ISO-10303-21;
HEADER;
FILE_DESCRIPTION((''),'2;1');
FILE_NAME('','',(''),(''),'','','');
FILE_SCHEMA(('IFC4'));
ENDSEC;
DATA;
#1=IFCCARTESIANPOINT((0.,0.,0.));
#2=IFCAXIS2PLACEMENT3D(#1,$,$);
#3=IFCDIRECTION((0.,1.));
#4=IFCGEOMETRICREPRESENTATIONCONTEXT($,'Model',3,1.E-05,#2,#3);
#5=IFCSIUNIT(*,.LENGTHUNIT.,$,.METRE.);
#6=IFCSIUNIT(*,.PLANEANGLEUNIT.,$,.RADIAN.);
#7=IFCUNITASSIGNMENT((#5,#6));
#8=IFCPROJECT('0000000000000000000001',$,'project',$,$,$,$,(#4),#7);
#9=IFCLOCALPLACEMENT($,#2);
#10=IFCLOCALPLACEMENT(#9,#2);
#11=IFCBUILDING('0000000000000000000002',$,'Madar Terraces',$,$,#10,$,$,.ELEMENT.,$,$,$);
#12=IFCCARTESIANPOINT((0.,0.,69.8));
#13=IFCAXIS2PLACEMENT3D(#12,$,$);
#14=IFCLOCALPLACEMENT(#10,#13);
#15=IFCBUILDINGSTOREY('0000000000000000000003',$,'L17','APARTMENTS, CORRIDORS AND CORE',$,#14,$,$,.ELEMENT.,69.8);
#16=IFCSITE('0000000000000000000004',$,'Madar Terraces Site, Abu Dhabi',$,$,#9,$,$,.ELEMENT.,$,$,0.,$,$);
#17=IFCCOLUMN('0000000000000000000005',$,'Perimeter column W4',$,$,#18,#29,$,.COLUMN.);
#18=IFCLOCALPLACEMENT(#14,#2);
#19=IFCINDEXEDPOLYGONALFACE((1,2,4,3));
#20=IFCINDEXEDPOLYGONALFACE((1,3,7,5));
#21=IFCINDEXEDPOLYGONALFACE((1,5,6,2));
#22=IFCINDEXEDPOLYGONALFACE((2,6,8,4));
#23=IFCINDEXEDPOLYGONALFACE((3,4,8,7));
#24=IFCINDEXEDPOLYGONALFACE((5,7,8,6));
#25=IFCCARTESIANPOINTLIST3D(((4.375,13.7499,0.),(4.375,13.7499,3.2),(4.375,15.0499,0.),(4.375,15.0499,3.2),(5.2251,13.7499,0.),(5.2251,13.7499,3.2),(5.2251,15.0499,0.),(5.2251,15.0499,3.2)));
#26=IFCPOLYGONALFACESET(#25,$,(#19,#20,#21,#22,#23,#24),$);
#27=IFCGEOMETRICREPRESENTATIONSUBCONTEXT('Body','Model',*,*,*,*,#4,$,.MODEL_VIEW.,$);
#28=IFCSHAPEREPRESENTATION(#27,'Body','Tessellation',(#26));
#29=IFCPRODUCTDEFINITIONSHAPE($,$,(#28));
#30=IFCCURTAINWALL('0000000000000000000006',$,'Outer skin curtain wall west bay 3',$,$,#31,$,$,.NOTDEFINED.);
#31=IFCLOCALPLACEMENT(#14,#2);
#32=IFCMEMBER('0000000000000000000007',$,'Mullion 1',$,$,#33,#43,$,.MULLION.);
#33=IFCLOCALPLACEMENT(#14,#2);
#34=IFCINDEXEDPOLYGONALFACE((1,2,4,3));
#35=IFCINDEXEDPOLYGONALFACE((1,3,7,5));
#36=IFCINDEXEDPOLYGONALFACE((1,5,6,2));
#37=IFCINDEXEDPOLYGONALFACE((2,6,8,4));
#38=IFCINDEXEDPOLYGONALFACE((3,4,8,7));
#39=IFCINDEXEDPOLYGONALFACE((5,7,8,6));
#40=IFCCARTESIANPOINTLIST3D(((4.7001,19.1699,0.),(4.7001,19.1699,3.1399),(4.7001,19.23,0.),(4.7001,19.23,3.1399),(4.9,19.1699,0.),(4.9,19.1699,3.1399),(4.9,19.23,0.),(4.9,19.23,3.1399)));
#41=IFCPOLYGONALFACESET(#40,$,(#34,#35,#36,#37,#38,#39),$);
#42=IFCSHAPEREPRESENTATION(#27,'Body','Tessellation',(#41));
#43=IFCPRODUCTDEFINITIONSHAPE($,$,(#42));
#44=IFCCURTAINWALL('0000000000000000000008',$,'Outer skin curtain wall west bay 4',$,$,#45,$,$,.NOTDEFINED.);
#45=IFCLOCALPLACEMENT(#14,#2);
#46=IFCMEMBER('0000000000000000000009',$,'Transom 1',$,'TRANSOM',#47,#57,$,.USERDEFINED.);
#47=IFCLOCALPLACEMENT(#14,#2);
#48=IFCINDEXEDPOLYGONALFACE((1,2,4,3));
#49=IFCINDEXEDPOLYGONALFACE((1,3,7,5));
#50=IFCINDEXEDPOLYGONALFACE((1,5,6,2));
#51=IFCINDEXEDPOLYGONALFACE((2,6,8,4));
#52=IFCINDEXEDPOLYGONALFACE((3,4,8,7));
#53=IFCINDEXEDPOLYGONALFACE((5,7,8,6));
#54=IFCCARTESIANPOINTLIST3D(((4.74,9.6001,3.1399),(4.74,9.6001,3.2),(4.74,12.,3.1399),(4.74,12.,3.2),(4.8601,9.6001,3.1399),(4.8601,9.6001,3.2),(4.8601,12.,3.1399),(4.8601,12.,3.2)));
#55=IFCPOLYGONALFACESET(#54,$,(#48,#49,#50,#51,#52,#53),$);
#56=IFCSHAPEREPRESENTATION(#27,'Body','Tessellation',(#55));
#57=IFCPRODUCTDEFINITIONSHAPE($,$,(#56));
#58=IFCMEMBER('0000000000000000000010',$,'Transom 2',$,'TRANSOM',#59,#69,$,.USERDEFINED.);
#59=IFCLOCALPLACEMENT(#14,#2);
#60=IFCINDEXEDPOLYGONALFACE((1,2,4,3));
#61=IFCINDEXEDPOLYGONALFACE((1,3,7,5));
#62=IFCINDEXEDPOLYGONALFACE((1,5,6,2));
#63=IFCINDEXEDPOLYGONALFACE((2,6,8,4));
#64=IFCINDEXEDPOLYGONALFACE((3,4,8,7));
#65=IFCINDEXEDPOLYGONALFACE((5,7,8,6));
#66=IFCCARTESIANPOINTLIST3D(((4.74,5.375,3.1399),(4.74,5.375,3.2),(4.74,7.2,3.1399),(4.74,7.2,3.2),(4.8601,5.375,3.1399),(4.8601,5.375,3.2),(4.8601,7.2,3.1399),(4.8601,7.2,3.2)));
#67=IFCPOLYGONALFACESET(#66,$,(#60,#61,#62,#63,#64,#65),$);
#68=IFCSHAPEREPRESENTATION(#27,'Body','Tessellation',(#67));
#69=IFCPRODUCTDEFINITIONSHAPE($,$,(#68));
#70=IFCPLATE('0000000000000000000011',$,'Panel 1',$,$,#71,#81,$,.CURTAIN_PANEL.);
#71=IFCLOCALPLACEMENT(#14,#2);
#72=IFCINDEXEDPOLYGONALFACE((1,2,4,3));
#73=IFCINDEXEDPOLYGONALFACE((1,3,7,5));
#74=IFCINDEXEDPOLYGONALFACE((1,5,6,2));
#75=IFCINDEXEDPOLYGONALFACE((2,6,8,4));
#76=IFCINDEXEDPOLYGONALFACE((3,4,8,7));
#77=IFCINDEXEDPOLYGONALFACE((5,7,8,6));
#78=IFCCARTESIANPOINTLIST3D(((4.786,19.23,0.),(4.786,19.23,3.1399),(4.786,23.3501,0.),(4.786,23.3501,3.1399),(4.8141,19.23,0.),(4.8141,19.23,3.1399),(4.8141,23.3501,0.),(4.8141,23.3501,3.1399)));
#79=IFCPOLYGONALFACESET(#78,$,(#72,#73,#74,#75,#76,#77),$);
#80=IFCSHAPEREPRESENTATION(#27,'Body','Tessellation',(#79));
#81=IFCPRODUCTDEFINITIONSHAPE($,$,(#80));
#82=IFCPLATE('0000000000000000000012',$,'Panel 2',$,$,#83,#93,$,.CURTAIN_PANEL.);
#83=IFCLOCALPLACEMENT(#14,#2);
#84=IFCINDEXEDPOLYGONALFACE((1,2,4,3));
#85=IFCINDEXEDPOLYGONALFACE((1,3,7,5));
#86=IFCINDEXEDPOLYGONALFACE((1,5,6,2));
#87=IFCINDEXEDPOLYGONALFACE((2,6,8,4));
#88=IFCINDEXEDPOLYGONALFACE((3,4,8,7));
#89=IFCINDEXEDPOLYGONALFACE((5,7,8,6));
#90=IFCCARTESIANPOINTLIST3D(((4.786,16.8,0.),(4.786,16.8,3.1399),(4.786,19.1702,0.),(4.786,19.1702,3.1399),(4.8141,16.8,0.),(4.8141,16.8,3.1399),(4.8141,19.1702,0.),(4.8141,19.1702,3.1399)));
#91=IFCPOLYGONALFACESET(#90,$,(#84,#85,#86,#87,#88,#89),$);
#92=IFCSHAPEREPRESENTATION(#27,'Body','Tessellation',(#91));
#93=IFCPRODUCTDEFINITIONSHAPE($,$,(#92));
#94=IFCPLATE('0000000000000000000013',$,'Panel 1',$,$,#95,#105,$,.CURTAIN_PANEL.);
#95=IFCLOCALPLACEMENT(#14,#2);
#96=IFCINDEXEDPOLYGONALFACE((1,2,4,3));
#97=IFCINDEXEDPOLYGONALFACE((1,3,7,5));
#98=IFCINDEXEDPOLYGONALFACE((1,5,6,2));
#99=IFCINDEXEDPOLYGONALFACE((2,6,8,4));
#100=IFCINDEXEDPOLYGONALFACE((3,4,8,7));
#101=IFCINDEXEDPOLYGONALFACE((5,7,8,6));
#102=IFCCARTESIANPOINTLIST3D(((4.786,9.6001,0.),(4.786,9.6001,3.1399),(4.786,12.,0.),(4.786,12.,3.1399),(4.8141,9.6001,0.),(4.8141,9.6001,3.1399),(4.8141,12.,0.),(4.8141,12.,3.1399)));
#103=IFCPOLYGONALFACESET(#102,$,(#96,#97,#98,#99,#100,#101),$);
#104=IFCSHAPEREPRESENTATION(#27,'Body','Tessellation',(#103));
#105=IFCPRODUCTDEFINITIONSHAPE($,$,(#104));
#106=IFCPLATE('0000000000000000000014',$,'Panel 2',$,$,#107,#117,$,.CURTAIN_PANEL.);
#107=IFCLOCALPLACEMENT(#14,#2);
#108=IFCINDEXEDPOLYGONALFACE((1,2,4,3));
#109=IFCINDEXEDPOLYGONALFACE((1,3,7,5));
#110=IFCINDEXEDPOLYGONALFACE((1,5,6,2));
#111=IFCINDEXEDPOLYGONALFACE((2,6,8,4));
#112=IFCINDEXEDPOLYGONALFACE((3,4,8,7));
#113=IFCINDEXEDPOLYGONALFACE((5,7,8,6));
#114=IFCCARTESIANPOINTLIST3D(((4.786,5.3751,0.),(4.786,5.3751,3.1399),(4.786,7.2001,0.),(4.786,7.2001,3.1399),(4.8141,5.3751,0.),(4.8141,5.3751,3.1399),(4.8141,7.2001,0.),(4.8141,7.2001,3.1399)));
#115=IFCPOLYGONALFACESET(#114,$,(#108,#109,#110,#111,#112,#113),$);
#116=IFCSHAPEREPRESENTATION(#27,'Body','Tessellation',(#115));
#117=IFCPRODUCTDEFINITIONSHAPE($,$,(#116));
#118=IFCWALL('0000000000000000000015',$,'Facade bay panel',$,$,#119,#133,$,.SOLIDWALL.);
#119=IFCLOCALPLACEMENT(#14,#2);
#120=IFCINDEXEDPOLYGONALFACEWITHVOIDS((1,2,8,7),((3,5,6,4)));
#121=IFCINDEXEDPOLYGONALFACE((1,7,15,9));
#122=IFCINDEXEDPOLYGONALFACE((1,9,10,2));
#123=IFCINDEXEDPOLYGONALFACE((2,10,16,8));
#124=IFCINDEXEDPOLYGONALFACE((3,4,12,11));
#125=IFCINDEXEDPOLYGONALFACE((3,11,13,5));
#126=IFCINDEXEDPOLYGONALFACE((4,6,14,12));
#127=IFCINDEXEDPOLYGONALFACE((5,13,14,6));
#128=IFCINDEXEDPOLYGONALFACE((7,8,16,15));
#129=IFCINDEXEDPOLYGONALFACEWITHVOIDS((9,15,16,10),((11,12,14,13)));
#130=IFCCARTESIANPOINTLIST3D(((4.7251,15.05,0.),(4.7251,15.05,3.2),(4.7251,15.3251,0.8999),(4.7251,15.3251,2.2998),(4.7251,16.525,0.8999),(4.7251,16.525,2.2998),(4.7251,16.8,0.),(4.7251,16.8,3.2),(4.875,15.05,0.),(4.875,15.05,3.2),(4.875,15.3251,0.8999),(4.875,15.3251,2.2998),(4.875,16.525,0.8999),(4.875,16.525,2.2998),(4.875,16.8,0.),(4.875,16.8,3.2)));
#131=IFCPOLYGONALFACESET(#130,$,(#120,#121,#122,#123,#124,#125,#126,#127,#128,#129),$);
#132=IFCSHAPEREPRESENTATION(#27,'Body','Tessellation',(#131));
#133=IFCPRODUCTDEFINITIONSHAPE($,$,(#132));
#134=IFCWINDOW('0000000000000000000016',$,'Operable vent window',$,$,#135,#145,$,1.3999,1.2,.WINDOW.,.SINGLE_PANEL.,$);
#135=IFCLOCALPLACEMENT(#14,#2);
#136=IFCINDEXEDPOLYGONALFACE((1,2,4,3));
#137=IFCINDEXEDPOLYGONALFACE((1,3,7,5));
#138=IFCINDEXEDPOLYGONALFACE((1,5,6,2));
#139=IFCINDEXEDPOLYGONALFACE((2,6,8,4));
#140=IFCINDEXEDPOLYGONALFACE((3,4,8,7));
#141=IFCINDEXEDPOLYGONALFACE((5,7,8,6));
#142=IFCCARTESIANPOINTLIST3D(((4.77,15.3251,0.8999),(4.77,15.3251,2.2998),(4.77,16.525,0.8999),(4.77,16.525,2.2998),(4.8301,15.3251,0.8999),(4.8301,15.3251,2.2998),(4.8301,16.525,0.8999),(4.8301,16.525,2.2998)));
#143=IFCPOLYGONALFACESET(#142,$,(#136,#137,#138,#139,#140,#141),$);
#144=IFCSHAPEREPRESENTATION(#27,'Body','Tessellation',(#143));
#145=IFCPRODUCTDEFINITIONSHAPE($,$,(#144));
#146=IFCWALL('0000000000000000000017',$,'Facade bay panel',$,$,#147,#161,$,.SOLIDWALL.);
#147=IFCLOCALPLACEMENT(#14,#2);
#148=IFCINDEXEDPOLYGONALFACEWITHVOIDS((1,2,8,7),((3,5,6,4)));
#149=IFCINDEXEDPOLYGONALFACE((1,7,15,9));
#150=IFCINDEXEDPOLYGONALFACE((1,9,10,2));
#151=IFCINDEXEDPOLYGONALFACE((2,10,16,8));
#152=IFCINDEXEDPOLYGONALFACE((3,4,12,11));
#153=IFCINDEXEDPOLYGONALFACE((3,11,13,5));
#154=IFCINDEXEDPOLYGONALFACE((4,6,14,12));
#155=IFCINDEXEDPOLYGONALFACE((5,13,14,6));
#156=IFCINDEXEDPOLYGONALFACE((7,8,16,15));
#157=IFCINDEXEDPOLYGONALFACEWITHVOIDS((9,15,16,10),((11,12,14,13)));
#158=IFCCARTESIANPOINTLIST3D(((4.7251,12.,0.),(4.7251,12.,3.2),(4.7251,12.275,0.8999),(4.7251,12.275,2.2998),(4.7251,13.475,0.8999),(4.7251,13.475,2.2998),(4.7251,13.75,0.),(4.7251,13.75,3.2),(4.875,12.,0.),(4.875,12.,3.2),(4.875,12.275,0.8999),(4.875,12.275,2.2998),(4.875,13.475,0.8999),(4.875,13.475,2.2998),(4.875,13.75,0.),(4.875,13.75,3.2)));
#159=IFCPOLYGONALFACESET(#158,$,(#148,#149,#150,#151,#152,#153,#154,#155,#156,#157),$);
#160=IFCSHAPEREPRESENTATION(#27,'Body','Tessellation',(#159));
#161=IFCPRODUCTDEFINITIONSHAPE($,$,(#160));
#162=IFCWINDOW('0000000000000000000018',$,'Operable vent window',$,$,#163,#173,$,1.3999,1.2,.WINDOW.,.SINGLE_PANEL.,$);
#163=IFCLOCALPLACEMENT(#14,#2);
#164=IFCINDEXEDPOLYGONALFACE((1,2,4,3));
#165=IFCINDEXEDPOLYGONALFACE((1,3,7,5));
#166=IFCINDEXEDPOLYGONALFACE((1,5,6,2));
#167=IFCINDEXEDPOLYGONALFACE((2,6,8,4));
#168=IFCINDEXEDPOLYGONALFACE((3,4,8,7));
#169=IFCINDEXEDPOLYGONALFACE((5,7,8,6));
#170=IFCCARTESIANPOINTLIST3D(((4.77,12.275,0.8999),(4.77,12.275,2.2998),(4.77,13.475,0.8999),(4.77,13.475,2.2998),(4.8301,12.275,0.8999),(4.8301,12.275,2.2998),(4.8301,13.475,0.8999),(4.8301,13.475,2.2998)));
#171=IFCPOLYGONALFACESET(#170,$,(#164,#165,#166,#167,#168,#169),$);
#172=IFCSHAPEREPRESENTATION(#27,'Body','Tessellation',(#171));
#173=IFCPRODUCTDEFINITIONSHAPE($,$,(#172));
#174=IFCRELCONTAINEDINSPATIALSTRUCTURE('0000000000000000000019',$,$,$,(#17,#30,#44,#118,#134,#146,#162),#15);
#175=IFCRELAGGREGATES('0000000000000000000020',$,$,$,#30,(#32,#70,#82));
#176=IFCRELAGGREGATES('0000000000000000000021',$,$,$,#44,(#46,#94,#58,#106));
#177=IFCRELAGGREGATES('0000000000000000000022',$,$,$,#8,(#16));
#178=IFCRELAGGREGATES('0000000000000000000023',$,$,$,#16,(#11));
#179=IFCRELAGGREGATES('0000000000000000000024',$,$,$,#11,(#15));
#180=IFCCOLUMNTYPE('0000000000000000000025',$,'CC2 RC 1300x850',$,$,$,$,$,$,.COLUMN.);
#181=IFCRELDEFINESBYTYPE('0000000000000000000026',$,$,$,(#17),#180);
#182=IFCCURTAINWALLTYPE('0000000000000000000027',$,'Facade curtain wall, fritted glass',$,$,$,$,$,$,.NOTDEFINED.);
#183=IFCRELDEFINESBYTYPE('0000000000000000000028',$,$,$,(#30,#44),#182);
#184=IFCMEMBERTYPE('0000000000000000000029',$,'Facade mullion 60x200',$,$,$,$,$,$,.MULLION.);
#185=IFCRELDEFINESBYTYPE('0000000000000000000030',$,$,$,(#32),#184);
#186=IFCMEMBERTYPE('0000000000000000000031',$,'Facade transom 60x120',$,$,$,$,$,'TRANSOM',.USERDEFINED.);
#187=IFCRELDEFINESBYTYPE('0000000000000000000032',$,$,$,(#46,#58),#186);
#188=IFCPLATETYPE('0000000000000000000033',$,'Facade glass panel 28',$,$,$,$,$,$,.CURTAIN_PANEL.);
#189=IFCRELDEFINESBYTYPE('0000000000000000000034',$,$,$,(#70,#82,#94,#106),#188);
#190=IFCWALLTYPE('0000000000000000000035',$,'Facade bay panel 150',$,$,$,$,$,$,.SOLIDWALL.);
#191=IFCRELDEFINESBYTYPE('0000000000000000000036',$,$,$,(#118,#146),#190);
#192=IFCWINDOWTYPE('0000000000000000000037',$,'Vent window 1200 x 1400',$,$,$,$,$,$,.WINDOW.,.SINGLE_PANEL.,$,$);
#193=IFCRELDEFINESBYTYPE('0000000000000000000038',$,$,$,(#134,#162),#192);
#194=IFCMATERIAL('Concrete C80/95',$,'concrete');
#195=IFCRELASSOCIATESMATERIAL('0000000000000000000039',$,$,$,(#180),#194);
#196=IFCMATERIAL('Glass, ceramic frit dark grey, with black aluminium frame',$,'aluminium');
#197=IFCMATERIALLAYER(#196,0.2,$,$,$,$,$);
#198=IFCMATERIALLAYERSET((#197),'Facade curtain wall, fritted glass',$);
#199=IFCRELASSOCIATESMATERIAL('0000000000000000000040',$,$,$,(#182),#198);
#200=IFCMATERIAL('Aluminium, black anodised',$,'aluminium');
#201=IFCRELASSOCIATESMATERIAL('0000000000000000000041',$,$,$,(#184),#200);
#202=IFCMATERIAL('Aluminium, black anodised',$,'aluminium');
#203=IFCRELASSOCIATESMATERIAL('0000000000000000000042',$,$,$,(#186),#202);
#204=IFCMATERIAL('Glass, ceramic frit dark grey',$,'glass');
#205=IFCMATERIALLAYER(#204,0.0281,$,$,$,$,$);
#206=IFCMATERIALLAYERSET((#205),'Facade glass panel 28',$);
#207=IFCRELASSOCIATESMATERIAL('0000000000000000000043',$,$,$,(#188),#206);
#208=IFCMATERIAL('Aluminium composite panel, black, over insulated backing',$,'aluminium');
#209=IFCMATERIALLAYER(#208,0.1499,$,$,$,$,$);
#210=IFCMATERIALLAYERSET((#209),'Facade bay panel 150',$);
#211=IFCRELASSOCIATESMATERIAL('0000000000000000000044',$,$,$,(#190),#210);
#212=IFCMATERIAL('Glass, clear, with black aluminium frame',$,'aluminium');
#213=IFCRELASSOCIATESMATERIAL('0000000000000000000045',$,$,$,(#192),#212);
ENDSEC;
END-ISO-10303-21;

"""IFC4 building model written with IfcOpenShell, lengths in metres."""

from ifc_helpers import new_model, si_unit, direction, frame, frame_2d, origin, origin_2d, place, context, subcontext, project, spatial, rectangle, extrude, material, layer, layer_set, material_profile, profile_set, type_object, element, fill, aggregate, save


model = new_model("IFC4")

# Units and contexts
model_context = context("Model", 3, precision=1e-05, world=origin(), true_north=direction((0.0, 1.0)))
body_context = subcontext(model_context, "Body", "Model", "MODEL_VIEW")
ifc_project = project(units=[si_unit("LENGTHUNIT", "METRE"), si_unit("PLANEANGLEUNIT", "RADIAN")], contexts=[model_context])

# Site, building, storey
site_placement = place(None, origin())
site = spatial("IfcSite", under=ifc_project, at=site_placement, Name="Madar Terraces Site, Abu Dhabi", CompositionType="ELEMENT", RefElevation=0.0)
building_placement = place(site_placement, origin())
building = spatial("IfcBuilding", under=site, at=building_placement, Name="Madar Terraces", CompositionType="ELEMENT")
storey_placement = place(building_placement, frame((0.0, 0.0, 69.8)))
storey = spatial("IfcBuildingStorey", under=building, at=storey_placement, Name="L17", Description="APARTMENTS, CORRIDORS AND CORE", CompositionType="ELEMENT", Elevation=69.8)

# Column
ifc_material_1 = material(Name="Concrete C80/95", Category="concrete")
ifc_material_profile_1 = material_profile(ifc_material_1, rectangle(XDim=1.3, YDim=0.8501, at=origin_2d()), Name="CC2 RC 1300x850")
ifc_profile_set_1 = profile_set([ifc_material_profile_1], Name="Concrete C80/95")
column_type = type_object("IfcColumnType", Name="CC2 RC 1300x850", PredefinedType="COLUMN", material=ifc_profile_set_1)
column_placement = place(storey_placement, frame((4.8, 14.3999, 0.0), z_axis=(0.0, 0.0, 1.0), x_axis=(0.0, 1.0, 0.0)))
element("IfcColumn", 1, at=column_placement, inside=storey, type_object=column_type, Name="Perimeter column W4", PredefinedType="COLUMN", context=body_context, shape_type="SweptSolid", body=[
    extrude(rectangle(XDim=1.3, YDim=0.8501, at=origin_2d()), origin(), (0.0, 0.0, 1.0), 3.2),
])

# Curtain wall, member
ifc_material_2 = material(Name="Glass, ceramic frit dark grey, with black aluminium frame", Category="aluminium")
ifc_layer_1 = layer(ifc_material_2, 0.2)
ifc_layer_set_1 = layer_set([ifc_layer_1], Name="Facade curtain wall, fritted glass")
curtain_wall_type = type_object("IfcCurtainWallType", Name="Facade curtain wall, fritted glass", PredefinedType="NOTDEFINED", material=ifc_layer_set_1)
curtain_wall_1_placement = place(storey_placement, origin())
curtain_wall_1 = element("IfcCurtainWall", 2, at=curtain_wall_1_placement, inside=storey, type_object=curtain_wall_type, Name="Outer skin curtain wall west bay 3", PredefinedType="NOTDEFINED")
ifc_material_3 = material(Name="Aluminium, black anodised", Category="aluminium")
ifc_material_profile_2 = material_profile(ifc_material_3, rectangle(XDim=0.2, YDim=0.0601, at=origin_2d()), Name="Facade mullion 60x200")
ifc_profile_set_2 = profile_set([ifc_material_profile_2], Name="Aluminium, black anodised")
member_type_1 = type_object("IfcMemberType", Name="Facade mullion 60x200", PredefinedType="MULLION", material=ifc_profile_set_2)
member_1_placement = place(storey_placement, frame((4.8, 19.2, 0.0), z_axis=(0.0, 0.0, 1.0), x_axis=(1.0, 0.0, 0.0)))
member_1 = element("IfcMember", 3, at=member_1_placement, type_object=member_type_1, Name="Mullion 1", PredefinedType="MULLION", context=body_context, shape_type="SweptSolid", body=[
    extrude(rectangle(XDim=0.2, YDim=0.0601, at=origin_2d()), origin(), (0.0, 0.0, 1.0), 3.1399),
])

# Curtain wall, members
curtain_wall_2_placement = place(storey_placement, origin())
curtain_wall_2 = element("IfcCurtainWall", 4, at=curtain_wall_2_placement, inside=storey, type_object=curtain_wall_type, Name="Outer skin curtain wall west bay 4", PredefinedType="NOTDEFINED")
ifc_material_4 = material(Name="Aluminium, black anodised", Category="aluminium")
ifc_material_profile_3 = material_profile(ifc_material_4, rectangle(XDim=0.1201, YDim=0.0601, at=origin_2d()), Name="Facade transom 60x120")
ifc_profile_set_3 = profile_set([ifc_material_profile_3], Name="Aluminium, black anodised")
member_type_2 = type_object("IfcMemberType", Name="Facade transom 60x120", ElementType="TRANSOM", PredefinedType="USERDEFINED", material=ifc_profile_set_3)
member_2_placement = place(storey_placement, frame((4.8, 12.0, 3.1699), z_axis=(0.0, -1.0, 0.0), x_axis=(1.0, 0.0, 0.0)))
member_2 = element("IfcMember", 5, at=member_2_placement, type_object=member_type_2, Name="Transom 1", ObjectType="TRANSOM", PredefinedType="USERDEFINED", context=body_context, shape_type="SweptSolid", body=[
    extrude(rectangle(XDim=0.1201, YDim=0.0601, at=origin_2d()), origin(), (0.0, 0.0, 1.0), 2.3999),
])
member_3_placement = place(storey_placement, frame((4.8, 7.2, 3.1699), z_axis=(0.0, -1.0, 0.0), x_axis=(1.0, 0.0, 0.0)))
member_3 = element("IfcMember", 6, at=member_3_placement, type_object=member_type_2, Name="Transom 2", ObjectType="TRANSOM", PredefinedType="USERDEFINED", context=body_context, shape_type="SweptSolid", body=[
    extrude(rectangle(XDim=0.1201, YDim=0.0601, at=origin_2d()), origin(), (0.0, 0.0, 1.0), 1.825),
])

# Plates
ifc_material_5 = material(Name="Glass, ceramic frit dark grey", Category="glass")
ifc_layer_2 = layer(ifc_material_5, 0.0281)
ifc_layer_set_2 = layer_set([ifc_layer_2], Name="Facade glass panel 28")
plate_type = type_object("IfcPlateType", Name="Facade glass panel 28", PredefinedType="CURTAIN_PANEL", material=ifc_layer_set_2)
plate_1_placement = place(storey_placement, frame((4.8, 21.29, 0.0), z_axis=(0.0, 0.0, 1.0), x_axis=(0.0, -1.0, 0.0)))
plate_1 = element("IfcPlate", 7, at=plate_1_placement, type_object=plate_type, Name="Panel 1", PredefinedType="CURTAIN_PANEL", context=body_context, shape_type="SweptSolid", body=[
    extrude(rectangle(XDim=4.1201, YDim=0.0281, at=origin_2d()), origin(), (0.0, 0.0, 1.0), 3.1399),
])
plate_2_placement = place(storey_placement, frame((4.8, 17.9851, 0.0), z_axis=(0.0, 0.0, 1.0), x_axis=(0.0, -1.0, 0.0)))
plate_2 = element("IfcPlate", 8, at=plate_2_placement, type_object=plate_type, Name="Panel 2", PredefinedType="CURTAIN_PANEL", context=body_context, shape_type="SweptSolid", body=[
    extrude(rectangle(XDim=2.3701, YDim=0.0281, at=origin_2d()), origin(), (0.0, 0.0, 1.0), 3.1399),
])
aggregate(curtain_wall_1, [member_1, plate_1, plate_2])
plate_3_placement = place(storey_placement, frame((4.8, 10.8, 0.0), z_axis=(0.0, 0.0, 1.0), x_axis=(0.0, -1.0, 0.0)))
plate_3 = element("IfcPlate", 9, at=plate_3_placement, type_object=plate_type, Name="Panel 1", PredefinedType="CURTAIN_PANEL", context=body_context, shape_type="SweptSolid", body=[
    extrude(rectangle(XDim=2.3999, YDim=0.0281, at=origin_2d()), origin(), (0.0, 0.0, 1.0), 3.1399),
])
plate_4_placement = place(storey_placement, frame((4.8, 6.2876, 0.0), z_axis=(0.0, 0.0, 1.0), x_axis=(0.0, -1.0, 0.0)))
plate_4 = element("IfcPlate", 10, at=plate_4_placement, type_object=plate_type, Name="Panel 2", PredefinedType="CURTAIN_PANEL", context=body_context, shape_type="SweptSolid", body=[
    extrude(rectangle(XDim=1.825, YDim=0.0281, at=origin_2d()), origin(), (0.0, 0.0, 1.0), 3.1399),
])
aggregate(curtain_wall_2, [member_2, plate_3, member_3, plate_4])

# Walls, openings, windows
ifc_material_6 = material(Name="Aluminium composite panel, black, over insulated backing", Category="aluminium")
ifc_layer_3 = layer(ifc_material_6, 0.1499)
ifc_layer_set_3 = layer_set([ifc_layer_3], Name="Facade bay panel 150")
wall_type_1 = type_object("IfcWallType", Name="Facade bay panel 150", PredefinedType="SOLIDWALL", material=ifc_layer_set_3)
wall_1_placement = place(storey_placement, frame((4.8, 16.8, 0.0), z_axis=(0.0, 0.0, 1.0), x_axis=(0.0, -1.0, 0.0)))
wall_1 = element("IfcWall", 11, at=wall_1_placement, inside=storey, type_object=wall_type_1, Name="Facade bay panel", PredefinedType="SOLIDWALL", context=body_context, shape_type="SweptSolid", body=[
    extrude(rectangle(XDim=1.75, YDim=0.1499, at=frame_2d((0.875, 0.0))), origin(), (0.0, 0.0, 1.0), 3.2),
])
opening_1_placement = place(wall_1_placement, frame((0.2749, 0.0, 0.8999)))
opening_1 = element("IfcOpeningElement", 12, at=opening_1_placement, cuts=wall_1, PredefinedType="OPENING", context=body_context, shape_type="SweptSolid", body=[
    extrude(rectangle(XDim=1.2, YDim=1.3999, at=frame_2d((0.6001, 0.7))), frame((0.0, 0.085, 0.0), z_axis=(0.0, -1.0, 0.0), x_axis=(1.0, 0.0, 0.0)), (0.0, 0.0, 1.0), 0.1699),
])
ifc_material_7 = material(Name="Glass, clear, with black aluminium frame", Category="aluminium")
window_type = type_object("IfcWindowType", Name="Vent window 1200 x 1400", PartitioningType="SINGLE_PANEL", PredefinedType="WINDOW", material=ifc_material_7)
window_1_placement = place(opening_1_placement, origin())
window_1 = element("IfcWindow", 13, at=window_1_placement, inside=storey, type_object=window_type, Name="Operable vent window", OverallHeight=1.3999, OverallWidth=1.2, PartitioningType="SINGLE_PANEL", PredefinedType="WINDOW", context=body_context, shape_type="SweptSolid", body=[
    extrude(rectangle(XDim=1.2, YDim=1.3999, at=frame_2d((0.6001, 0.7))), frame((0.0, 0.03, 0.0), z_axis=(0.0, -1.0, 0.0), x_axis=(1.0, 0.0, 0.0)), (0.0, 0.0, 1.0), 0.0601),
])
fill(opening_1, window_1)
wall_2_placement = place(storey_placement, frame((4.8, 13.75, 0.0), z_axis=(0.0, 0.0, 1.0), x_axis=(0.0, -1.0, 0.0)))
wall_2 = element("IfcWall", 14, at=wall_2_placement, inside=storey, type_object=wall_type_1, Name="Facade bay panel", PredefinedType="SOLIDWALL", context=body_context, shape_type="SweptSolid", body=[
    extrude(rectangle(XDim=1.75, YDim=0.1499, at=frame_2d((0.875, 0.0))), origin(), (0.0, 0.0, 1.0), 3.2),
])
opening_2_placement = place(wall_2_placement, frame((0.2749, 0.0, 0.8999)))
opening_2 = element("IfcOpeningElement", 15, at=opening_2_placement, cuts=wall_2, PredefinedType="OPENING", context=body_context, shape_type="SweptSolid", body=[
    extrude(rectangle(XDim=1.2, YDim=1.3999, at=frame_2d((0.6001, 0.7))), frame((0.0, 0.085, 0.0), z_axis=(0.0, -1.0, 0.0), x_axis=(1.0, 0.0, 0.0)), (0.0, 0.0, 1.0), 0.1699),
])
window_2_placement = place(opening_2_placement, origin())
window_2 = element("IfcWindow", 16, at=window_2_placement, inside=storey, type_object=window_type, Name="Operable vent window", OverallHeight=1.3999, OverallWidth=1.2, PartitioningType="SINGLE_PANEL", PredefinedType="WINDOW", context=body_context, shape_type="SweptSolid", body=[
    extrude(rectangle(XDim=1.2, YDim=1.3999, at=frame_2d((0.6001, 0.7))), frame((0.0, 0.03, 0.0), z_axis=(0.0, -1.0, 0.0), x_axis=(1.0, 0.0, 0.0)), (0.0, 0.0, 1.0), 0.0601),
])
fill(opening_2, window_2)

save(model, "model.ifc")
